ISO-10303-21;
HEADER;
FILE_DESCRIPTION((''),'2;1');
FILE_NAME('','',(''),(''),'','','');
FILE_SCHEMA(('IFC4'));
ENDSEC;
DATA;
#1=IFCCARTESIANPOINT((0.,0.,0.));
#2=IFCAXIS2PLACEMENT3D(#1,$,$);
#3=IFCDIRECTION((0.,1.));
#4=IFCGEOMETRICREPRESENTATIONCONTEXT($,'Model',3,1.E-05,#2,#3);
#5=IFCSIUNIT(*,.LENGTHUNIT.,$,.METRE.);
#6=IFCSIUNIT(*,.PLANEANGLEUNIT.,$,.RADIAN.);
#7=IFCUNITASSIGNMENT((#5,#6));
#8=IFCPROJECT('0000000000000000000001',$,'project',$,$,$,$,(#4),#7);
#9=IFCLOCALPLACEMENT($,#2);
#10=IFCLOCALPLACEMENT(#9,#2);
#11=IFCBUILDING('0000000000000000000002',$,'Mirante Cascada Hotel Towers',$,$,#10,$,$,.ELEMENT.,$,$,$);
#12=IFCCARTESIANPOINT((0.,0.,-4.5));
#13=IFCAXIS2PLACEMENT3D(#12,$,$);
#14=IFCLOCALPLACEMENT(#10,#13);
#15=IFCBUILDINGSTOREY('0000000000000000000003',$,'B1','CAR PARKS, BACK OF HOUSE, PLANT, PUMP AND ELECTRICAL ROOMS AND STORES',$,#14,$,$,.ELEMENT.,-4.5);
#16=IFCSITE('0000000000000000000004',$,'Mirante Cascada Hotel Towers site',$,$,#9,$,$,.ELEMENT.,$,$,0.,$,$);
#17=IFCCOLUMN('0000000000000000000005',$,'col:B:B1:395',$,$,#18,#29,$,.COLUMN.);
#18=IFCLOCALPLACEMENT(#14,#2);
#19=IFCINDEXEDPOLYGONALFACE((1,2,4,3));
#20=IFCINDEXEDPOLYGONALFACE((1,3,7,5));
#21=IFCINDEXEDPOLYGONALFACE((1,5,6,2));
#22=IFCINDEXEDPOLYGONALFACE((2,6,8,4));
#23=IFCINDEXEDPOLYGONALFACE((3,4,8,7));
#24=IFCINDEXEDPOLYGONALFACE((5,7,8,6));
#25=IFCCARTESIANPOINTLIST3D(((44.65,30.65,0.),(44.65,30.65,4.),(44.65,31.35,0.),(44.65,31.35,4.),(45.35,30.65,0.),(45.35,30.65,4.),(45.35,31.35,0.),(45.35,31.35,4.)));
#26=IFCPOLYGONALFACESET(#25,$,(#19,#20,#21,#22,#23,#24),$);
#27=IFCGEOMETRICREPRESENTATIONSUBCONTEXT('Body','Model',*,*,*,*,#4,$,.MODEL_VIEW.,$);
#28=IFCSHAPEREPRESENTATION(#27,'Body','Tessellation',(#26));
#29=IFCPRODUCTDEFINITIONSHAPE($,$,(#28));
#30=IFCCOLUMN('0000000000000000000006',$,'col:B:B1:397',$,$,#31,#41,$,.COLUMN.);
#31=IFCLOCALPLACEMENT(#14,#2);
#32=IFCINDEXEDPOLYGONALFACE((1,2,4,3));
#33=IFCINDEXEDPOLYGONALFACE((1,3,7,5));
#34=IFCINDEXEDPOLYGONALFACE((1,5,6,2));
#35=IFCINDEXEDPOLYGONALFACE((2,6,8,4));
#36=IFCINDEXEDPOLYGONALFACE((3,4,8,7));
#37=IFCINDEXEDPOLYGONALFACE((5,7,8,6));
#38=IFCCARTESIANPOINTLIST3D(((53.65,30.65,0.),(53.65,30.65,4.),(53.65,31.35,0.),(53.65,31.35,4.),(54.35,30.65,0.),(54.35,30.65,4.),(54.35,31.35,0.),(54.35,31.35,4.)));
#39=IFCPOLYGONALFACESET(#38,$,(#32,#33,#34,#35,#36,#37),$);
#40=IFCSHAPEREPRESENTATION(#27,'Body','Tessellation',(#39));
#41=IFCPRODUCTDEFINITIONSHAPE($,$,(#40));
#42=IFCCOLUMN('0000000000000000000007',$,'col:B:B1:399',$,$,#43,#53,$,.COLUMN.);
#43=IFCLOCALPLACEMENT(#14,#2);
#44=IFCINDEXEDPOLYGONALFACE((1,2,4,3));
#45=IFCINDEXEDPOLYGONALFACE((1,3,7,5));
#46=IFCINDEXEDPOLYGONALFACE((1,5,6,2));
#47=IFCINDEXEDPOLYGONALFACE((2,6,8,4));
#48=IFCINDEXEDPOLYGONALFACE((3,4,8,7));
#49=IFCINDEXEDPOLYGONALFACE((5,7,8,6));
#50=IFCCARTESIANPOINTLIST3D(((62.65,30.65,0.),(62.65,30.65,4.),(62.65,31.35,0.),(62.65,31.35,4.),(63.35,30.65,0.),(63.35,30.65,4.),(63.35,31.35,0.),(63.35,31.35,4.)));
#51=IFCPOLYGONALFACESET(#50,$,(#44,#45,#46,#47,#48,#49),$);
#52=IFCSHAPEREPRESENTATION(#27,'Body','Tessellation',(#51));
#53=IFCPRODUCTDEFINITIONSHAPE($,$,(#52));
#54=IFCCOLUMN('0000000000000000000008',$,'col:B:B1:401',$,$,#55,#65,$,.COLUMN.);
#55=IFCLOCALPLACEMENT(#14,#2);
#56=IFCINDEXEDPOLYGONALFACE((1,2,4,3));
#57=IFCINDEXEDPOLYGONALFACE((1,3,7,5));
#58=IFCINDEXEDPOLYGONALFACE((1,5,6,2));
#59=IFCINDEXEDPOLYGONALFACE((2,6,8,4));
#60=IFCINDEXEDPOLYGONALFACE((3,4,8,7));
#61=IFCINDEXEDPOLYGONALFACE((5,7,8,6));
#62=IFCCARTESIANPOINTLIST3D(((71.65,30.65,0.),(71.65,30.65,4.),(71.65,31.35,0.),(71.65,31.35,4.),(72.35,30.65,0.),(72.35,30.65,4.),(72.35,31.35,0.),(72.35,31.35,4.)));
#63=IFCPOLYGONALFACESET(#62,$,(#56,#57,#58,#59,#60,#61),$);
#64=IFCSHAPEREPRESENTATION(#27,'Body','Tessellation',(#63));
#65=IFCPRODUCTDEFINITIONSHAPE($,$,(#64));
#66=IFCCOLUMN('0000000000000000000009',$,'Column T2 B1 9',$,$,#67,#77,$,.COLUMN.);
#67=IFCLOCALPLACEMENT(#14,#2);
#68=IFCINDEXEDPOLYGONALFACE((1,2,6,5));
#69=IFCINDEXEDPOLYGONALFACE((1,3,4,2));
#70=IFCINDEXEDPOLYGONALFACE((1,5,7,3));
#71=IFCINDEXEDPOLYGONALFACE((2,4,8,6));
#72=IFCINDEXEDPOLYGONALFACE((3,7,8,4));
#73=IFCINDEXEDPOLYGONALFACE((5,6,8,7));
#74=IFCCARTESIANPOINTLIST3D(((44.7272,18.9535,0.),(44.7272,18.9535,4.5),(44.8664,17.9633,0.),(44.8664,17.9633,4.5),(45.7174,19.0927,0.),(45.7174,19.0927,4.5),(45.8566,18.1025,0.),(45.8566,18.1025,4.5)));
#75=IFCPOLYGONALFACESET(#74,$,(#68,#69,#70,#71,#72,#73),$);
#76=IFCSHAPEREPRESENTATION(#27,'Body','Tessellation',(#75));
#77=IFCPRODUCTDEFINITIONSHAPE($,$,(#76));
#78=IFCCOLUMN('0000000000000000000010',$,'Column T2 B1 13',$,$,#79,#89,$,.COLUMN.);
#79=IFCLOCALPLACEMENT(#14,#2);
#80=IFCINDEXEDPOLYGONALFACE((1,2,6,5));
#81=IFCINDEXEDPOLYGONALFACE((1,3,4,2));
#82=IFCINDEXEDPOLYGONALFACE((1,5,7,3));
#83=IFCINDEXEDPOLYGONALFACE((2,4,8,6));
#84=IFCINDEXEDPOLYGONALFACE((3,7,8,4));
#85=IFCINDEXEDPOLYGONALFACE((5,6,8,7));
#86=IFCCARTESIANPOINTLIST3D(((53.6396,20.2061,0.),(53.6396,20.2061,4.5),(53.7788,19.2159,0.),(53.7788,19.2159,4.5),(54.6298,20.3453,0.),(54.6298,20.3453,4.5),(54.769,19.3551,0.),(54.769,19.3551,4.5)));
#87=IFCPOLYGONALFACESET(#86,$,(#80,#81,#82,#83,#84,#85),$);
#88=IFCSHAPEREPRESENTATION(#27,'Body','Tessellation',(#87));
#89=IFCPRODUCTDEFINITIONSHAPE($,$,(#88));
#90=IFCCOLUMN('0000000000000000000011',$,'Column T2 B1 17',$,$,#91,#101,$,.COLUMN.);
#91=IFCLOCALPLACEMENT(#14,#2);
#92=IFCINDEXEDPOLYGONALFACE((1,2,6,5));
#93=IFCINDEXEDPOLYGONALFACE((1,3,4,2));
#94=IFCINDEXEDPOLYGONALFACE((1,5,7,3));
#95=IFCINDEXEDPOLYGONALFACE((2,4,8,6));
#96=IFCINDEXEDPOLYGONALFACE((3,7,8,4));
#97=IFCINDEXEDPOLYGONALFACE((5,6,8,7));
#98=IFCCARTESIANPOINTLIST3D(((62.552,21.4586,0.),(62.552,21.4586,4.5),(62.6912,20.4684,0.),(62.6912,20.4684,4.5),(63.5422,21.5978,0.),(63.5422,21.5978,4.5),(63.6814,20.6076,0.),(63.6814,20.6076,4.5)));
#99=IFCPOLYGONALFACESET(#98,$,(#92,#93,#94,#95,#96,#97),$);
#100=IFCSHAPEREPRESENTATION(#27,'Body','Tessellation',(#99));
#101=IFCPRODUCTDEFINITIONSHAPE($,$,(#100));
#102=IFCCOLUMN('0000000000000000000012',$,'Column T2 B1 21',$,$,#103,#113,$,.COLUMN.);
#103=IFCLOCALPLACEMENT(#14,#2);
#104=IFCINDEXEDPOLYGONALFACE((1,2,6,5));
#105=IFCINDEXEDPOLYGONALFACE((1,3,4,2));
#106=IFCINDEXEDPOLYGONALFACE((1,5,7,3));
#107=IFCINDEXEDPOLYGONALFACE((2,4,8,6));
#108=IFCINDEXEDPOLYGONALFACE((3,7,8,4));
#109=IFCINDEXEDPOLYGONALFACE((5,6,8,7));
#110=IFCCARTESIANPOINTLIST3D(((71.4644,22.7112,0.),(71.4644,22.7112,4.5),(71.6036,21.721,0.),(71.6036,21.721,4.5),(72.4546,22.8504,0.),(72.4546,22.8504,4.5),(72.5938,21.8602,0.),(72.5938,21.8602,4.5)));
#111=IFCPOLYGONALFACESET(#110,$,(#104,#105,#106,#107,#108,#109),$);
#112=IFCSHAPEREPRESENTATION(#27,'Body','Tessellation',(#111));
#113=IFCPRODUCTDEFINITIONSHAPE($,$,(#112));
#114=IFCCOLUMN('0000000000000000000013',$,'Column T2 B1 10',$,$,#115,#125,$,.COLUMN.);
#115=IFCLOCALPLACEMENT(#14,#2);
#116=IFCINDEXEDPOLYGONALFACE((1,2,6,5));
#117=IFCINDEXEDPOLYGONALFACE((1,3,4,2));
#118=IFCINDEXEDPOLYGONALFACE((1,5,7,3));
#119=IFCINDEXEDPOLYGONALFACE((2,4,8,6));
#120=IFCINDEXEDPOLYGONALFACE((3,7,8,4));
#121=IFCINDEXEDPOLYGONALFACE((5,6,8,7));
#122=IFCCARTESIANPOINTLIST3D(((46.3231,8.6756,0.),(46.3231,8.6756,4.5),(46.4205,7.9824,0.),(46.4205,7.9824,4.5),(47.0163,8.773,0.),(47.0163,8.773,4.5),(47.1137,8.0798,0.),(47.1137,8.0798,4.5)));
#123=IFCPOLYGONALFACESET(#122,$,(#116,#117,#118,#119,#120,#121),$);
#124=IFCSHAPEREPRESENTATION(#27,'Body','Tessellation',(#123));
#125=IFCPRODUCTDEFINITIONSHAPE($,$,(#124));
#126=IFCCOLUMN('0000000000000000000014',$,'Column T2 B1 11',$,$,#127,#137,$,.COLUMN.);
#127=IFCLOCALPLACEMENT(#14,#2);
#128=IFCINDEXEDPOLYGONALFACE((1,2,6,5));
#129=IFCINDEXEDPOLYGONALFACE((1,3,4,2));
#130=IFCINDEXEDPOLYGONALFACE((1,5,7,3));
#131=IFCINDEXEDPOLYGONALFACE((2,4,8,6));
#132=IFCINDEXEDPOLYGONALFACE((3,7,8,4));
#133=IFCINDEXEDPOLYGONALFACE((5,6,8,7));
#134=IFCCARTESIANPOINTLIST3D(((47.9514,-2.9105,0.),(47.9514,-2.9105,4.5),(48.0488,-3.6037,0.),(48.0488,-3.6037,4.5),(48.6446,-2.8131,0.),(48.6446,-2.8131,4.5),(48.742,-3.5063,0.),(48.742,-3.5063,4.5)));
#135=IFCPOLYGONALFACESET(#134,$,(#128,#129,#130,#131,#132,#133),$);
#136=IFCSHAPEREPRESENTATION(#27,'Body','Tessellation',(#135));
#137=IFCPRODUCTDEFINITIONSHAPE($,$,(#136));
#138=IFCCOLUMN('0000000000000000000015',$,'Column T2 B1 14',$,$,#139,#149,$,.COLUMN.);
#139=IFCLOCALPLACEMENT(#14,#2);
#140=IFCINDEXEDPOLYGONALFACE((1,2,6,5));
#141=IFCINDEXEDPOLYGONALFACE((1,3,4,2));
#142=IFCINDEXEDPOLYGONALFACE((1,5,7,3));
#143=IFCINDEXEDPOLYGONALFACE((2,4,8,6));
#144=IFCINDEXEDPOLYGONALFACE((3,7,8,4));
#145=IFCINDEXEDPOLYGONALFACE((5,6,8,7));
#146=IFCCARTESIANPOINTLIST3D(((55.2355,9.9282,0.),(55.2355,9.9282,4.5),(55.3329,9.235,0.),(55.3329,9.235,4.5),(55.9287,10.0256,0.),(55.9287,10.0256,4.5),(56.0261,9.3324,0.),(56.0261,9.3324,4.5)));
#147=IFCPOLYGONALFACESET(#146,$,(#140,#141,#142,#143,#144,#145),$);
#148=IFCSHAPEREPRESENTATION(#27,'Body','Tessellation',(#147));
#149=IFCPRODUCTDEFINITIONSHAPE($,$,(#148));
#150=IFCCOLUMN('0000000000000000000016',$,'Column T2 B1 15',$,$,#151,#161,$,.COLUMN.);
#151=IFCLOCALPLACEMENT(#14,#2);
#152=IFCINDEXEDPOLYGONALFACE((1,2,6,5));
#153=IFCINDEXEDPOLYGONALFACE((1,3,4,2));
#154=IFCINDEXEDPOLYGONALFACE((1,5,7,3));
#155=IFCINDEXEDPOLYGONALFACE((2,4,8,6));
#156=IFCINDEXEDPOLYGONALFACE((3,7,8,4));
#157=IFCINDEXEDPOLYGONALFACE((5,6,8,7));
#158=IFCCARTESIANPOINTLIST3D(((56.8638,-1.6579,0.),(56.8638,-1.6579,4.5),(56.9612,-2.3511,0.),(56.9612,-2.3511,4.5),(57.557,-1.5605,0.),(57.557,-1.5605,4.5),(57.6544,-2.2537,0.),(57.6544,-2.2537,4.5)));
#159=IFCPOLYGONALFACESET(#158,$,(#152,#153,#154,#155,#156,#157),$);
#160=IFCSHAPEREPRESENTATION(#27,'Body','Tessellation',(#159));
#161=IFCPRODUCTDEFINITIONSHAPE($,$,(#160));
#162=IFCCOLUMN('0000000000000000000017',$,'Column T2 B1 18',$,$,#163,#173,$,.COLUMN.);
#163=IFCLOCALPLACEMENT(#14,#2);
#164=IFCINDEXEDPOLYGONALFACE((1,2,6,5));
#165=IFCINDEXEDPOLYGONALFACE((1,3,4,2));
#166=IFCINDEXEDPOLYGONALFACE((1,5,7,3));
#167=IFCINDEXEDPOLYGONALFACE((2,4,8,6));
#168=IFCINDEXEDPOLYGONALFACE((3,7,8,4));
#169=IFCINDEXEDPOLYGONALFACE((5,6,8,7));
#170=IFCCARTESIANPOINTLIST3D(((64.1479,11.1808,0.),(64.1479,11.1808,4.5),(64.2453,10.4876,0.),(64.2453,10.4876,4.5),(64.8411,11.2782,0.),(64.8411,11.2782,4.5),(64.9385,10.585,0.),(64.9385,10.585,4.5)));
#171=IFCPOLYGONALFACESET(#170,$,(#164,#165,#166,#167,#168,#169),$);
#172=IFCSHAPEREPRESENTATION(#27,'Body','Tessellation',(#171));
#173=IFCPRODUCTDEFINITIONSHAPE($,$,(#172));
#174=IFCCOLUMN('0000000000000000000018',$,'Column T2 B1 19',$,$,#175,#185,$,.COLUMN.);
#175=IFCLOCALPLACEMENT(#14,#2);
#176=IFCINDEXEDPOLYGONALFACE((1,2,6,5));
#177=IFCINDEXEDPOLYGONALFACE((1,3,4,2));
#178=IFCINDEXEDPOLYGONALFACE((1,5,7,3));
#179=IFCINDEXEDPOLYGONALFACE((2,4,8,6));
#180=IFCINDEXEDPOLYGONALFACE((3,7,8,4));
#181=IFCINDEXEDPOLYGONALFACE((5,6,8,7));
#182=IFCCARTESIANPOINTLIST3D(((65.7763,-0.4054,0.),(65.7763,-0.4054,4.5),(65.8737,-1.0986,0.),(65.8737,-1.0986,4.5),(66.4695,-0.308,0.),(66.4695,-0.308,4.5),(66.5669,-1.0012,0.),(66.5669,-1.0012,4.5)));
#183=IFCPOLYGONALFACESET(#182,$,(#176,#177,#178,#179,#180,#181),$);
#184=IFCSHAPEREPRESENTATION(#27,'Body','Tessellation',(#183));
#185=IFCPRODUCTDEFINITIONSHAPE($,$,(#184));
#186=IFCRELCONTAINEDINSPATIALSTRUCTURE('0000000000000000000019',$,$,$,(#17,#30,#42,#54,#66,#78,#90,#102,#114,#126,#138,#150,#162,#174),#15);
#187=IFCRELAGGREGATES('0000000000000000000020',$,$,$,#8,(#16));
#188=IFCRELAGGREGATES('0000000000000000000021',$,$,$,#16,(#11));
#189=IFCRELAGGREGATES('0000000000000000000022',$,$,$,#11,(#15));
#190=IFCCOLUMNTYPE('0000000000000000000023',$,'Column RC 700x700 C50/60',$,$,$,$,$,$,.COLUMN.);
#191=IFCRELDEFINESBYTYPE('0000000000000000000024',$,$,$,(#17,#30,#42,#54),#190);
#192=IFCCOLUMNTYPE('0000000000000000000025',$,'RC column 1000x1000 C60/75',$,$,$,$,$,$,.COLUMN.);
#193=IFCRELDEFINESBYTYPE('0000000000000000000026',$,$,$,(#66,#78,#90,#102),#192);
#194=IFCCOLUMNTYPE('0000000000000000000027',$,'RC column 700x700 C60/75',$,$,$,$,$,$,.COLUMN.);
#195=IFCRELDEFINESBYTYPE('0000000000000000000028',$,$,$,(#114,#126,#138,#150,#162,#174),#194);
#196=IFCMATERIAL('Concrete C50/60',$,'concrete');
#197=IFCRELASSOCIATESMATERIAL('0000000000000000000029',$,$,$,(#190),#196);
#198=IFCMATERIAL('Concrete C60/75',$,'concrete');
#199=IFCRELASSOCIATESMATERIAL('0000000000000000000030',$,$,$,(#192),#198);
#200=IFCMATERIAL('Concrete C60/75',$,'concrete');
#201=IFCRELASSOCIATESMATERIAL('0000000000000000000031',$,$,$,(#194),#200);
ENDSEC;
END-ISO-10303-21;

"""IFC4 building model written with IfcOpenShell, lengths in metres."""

from ifc_helpers import new_model, si_unit, direction, frame, origin, origin_2d, place, context, subcontext, project, spatial, rectangle, extrude, material, material_profile, profile_set, type_object, element, save


model = new_model("IFC4")

# Units and contexts
model_context = context("Model", 3, precision=1e-05, world=origin(), true_north=direction((0.0, 1.0)))
body_context = subcontext(model_context, "Body", "Model", "MODEL_VIEW")
ifc_project = project(units=[si_unit("LENGTHUNIT", "METRE"), si_unit("PLANEANGLEUNIT", "RADIAN")], contexts=[model_context])

# Site, building, storey
site_placement = place(None, origin())
site = spatial("IfcSite", under=ifc_project, at=site_placement, Name="Mirante Cascada Hotel Towers site", CompositionType="ELEMENT", RefElevation=0.0)
building_placement = place(site_placement, origin())
building = spatial("IfcBuilding", under=site, at=building_placement, Name="Mirante Cascada Hotel Towers", CompositionType="ELEMENT")
storey_placement = place(building_placement, frame((0.0, 0.0, -4.5)))
storey = spatial("IfcBuildingStorey", under=building, at=storey_placement, Name="B1", Description="CAR PARKS, BACK OF HOUSE, PLANT, PUMP AND ELECTRICAL ROOMS AND STORES", CompositionType="ELEMENT", Elevation=-4.5)

# Columns
ifc_material_1 = material(Name="Concrete C50/60", Category="concrete")
ifc_material_profile_1 = material_profile(ifc_material_1, rectangle(XDim=0.7, YDim=0.7, at=origin_2d()), Name="RC 700x700")
ifc_profile_set_1 = profile_set([ifc_material_profile_1], Name="Concrete C50/60")
column_type_1 = type_object("IfcColumnType", Name="Column RC 700x700 C50/60", PredefinedType="COLUMN", material=ifc_profile_set_1)
for number, where, z_axis, x_axis, name in (
    (1, (45.0, 31.0, 0.0), (0.0, 0.0, 1.0), (1.0, 0.0, 0.0), "col:B:B1:395"),
    (2, (54.0, 31.0, 0.0), (0.0, 0.0, 1.0), (1.0, 0.0, 0.0), "col:B:B1:397"),
    (3, (63.0, 31.0, 0.0), (0.0, 0.0, 1.0), (1.0, 0.0, 0.0), "col:B:B1:399"),
    (4, (72.0, 31.0, 0.0), (0.0, 0.0, 1.0), (1.0, 0.0, 0.0), "col:B:B1:401"),
):
    element("IfcColumn", number, at=place(storey_placement, frame(where, z_axis=z_axis, x_axis=x_axis)), inside=storey, type_object=column_type_1, Name=name, PredefinedType="COLUMN", context=body_context, shape_type="SweptSolid", body=[
        extrude(rectangle(XDim=0.7, YDim=0.7, at=origin_2d()), origin(), (0.0, 0.0, 1.0), 4.0),
    ])
ifc_material_2 = material(Name="Concrete C60/75", Category="concrete")
ifc_material_profile_2 = material_profile(ifc_material_2, rectangle(XDim=1.0, YDim=1.0, at=origin_2d()), Name="RC column 1000x1000 C60/75")
ifc_profile_set_2 = profile_set([ifc_material_profile_2], Name="Concrete C60/75")
column_type_2 = type_object("IfcColumnType", Name="RC column 1000x1000 C60/75", PredefinedType="COLUMN", material=ifc_profile_set_2)
for number, where, z_axis, x_axis, name in (
    (5, (45.2919, 18.528, 0.0), (0.0, 0.0, 1.0), (0.990268, 0.139173, 0.0), "Column T2 B1 9"),
    (6, (54.2043, 19.7806, 0.0), (0.0, 0.0, 1.0), (0.990268, 0.139173, 0.0), "Column T2 B1 13"),
    (7, (63.1167, 21.0331, 0.0), (0.0, 0.0, 1.0), (0.990268, 0.139173, 0.0), "Column T2 B1 17"),
    (8, (72.0291, 22.2857, 0.0), (0.0, 0.0, 1.0), (0.990268, 0.139173, 0.0), "Column T2 B1 21"),
):
    element("IfcColumn", number, at=place(storey_placement, frame(where, z_axis=z_axis, x_axis=x_axis)), inside=storey, type_object=column_type_2, Name=name, PredefinedType="COLUMN", context=body_context, shape_type="SweptSolid", body=[
        extrude(rectangle(XDim=1.0, YDim=1.0, at=origin_2d()), origin(), (0.0, 0.0, 1.0), 4.5),
    ])
ifc_material_3 = material(Name="Concrete C60/75", Category="concrete")
ifc_material_profile_3 = material_profile(ifc_material_3, rectangle(XDim=0.7, YDim=0.7, at=origin_2d()), Name="RC column 700x700 C60/75")
ifc_profile_set_3 = profile_set([ifc_material_profile_3], Name="Concrete C60/75")
column_type_3 = type_object("IfcColumnType", Name="RC column 700x700 C60/75", PredefinedType="COLUMN", material=ifc_profile_set_3)
for number, where, z_axis, x_axis, name in (
    (9, (46.7184, 8.3777, 0.0), (0.0, 0.0, 1.0), (0.990268, 0.139173, 0.0), "Column T2 B1 10"),
    (10, (48.3467, -3.2084, 0.0), (0.0, 0.0, 1.0), (0.990268, 0.139173, 0.0), "Column T2 B1 11"),
    (11, (55.6308, 9.6303, 0.0), (0.0, 0.0, 1.0), (0.990268, 0.139173, 0.0), "Column T2 B1 14"),
    (12, (57.2591, -1.9558, 0.0), (0.0, 0.0, 1.0), (0.990268, 0.139173, 0.0), "Column T2 B1 15"),
    (13, (64.5432, 10.8829, 0.0), (0.0, 0.0, 1.0), (0.990268, 0.139173, 0.0), "Column T2 B1 18"),
    (14, (66.1716, -0.7033, 0.0), (0.0, 0.0, 1.0), (0.990268, 0.139173, 0.0), "Column T2 B1 19"),
):
    element("IfcColumn", number, at=place(storey_placement, frame(where, z_axis=z_axis, x_axis=x_axis)), inside=storey, type_object=column_type_3, Name=name, PredefinedType="COLUMN", context=body_context, shape_type="SweptSolid", body=[
        extrude(rectangle(XDim=0.7, YDim=0.7, at=origin_2d()), origin(), (0.0, 0.0, 1.0), 4.5),
    ])

save(model, "model.ifc")
